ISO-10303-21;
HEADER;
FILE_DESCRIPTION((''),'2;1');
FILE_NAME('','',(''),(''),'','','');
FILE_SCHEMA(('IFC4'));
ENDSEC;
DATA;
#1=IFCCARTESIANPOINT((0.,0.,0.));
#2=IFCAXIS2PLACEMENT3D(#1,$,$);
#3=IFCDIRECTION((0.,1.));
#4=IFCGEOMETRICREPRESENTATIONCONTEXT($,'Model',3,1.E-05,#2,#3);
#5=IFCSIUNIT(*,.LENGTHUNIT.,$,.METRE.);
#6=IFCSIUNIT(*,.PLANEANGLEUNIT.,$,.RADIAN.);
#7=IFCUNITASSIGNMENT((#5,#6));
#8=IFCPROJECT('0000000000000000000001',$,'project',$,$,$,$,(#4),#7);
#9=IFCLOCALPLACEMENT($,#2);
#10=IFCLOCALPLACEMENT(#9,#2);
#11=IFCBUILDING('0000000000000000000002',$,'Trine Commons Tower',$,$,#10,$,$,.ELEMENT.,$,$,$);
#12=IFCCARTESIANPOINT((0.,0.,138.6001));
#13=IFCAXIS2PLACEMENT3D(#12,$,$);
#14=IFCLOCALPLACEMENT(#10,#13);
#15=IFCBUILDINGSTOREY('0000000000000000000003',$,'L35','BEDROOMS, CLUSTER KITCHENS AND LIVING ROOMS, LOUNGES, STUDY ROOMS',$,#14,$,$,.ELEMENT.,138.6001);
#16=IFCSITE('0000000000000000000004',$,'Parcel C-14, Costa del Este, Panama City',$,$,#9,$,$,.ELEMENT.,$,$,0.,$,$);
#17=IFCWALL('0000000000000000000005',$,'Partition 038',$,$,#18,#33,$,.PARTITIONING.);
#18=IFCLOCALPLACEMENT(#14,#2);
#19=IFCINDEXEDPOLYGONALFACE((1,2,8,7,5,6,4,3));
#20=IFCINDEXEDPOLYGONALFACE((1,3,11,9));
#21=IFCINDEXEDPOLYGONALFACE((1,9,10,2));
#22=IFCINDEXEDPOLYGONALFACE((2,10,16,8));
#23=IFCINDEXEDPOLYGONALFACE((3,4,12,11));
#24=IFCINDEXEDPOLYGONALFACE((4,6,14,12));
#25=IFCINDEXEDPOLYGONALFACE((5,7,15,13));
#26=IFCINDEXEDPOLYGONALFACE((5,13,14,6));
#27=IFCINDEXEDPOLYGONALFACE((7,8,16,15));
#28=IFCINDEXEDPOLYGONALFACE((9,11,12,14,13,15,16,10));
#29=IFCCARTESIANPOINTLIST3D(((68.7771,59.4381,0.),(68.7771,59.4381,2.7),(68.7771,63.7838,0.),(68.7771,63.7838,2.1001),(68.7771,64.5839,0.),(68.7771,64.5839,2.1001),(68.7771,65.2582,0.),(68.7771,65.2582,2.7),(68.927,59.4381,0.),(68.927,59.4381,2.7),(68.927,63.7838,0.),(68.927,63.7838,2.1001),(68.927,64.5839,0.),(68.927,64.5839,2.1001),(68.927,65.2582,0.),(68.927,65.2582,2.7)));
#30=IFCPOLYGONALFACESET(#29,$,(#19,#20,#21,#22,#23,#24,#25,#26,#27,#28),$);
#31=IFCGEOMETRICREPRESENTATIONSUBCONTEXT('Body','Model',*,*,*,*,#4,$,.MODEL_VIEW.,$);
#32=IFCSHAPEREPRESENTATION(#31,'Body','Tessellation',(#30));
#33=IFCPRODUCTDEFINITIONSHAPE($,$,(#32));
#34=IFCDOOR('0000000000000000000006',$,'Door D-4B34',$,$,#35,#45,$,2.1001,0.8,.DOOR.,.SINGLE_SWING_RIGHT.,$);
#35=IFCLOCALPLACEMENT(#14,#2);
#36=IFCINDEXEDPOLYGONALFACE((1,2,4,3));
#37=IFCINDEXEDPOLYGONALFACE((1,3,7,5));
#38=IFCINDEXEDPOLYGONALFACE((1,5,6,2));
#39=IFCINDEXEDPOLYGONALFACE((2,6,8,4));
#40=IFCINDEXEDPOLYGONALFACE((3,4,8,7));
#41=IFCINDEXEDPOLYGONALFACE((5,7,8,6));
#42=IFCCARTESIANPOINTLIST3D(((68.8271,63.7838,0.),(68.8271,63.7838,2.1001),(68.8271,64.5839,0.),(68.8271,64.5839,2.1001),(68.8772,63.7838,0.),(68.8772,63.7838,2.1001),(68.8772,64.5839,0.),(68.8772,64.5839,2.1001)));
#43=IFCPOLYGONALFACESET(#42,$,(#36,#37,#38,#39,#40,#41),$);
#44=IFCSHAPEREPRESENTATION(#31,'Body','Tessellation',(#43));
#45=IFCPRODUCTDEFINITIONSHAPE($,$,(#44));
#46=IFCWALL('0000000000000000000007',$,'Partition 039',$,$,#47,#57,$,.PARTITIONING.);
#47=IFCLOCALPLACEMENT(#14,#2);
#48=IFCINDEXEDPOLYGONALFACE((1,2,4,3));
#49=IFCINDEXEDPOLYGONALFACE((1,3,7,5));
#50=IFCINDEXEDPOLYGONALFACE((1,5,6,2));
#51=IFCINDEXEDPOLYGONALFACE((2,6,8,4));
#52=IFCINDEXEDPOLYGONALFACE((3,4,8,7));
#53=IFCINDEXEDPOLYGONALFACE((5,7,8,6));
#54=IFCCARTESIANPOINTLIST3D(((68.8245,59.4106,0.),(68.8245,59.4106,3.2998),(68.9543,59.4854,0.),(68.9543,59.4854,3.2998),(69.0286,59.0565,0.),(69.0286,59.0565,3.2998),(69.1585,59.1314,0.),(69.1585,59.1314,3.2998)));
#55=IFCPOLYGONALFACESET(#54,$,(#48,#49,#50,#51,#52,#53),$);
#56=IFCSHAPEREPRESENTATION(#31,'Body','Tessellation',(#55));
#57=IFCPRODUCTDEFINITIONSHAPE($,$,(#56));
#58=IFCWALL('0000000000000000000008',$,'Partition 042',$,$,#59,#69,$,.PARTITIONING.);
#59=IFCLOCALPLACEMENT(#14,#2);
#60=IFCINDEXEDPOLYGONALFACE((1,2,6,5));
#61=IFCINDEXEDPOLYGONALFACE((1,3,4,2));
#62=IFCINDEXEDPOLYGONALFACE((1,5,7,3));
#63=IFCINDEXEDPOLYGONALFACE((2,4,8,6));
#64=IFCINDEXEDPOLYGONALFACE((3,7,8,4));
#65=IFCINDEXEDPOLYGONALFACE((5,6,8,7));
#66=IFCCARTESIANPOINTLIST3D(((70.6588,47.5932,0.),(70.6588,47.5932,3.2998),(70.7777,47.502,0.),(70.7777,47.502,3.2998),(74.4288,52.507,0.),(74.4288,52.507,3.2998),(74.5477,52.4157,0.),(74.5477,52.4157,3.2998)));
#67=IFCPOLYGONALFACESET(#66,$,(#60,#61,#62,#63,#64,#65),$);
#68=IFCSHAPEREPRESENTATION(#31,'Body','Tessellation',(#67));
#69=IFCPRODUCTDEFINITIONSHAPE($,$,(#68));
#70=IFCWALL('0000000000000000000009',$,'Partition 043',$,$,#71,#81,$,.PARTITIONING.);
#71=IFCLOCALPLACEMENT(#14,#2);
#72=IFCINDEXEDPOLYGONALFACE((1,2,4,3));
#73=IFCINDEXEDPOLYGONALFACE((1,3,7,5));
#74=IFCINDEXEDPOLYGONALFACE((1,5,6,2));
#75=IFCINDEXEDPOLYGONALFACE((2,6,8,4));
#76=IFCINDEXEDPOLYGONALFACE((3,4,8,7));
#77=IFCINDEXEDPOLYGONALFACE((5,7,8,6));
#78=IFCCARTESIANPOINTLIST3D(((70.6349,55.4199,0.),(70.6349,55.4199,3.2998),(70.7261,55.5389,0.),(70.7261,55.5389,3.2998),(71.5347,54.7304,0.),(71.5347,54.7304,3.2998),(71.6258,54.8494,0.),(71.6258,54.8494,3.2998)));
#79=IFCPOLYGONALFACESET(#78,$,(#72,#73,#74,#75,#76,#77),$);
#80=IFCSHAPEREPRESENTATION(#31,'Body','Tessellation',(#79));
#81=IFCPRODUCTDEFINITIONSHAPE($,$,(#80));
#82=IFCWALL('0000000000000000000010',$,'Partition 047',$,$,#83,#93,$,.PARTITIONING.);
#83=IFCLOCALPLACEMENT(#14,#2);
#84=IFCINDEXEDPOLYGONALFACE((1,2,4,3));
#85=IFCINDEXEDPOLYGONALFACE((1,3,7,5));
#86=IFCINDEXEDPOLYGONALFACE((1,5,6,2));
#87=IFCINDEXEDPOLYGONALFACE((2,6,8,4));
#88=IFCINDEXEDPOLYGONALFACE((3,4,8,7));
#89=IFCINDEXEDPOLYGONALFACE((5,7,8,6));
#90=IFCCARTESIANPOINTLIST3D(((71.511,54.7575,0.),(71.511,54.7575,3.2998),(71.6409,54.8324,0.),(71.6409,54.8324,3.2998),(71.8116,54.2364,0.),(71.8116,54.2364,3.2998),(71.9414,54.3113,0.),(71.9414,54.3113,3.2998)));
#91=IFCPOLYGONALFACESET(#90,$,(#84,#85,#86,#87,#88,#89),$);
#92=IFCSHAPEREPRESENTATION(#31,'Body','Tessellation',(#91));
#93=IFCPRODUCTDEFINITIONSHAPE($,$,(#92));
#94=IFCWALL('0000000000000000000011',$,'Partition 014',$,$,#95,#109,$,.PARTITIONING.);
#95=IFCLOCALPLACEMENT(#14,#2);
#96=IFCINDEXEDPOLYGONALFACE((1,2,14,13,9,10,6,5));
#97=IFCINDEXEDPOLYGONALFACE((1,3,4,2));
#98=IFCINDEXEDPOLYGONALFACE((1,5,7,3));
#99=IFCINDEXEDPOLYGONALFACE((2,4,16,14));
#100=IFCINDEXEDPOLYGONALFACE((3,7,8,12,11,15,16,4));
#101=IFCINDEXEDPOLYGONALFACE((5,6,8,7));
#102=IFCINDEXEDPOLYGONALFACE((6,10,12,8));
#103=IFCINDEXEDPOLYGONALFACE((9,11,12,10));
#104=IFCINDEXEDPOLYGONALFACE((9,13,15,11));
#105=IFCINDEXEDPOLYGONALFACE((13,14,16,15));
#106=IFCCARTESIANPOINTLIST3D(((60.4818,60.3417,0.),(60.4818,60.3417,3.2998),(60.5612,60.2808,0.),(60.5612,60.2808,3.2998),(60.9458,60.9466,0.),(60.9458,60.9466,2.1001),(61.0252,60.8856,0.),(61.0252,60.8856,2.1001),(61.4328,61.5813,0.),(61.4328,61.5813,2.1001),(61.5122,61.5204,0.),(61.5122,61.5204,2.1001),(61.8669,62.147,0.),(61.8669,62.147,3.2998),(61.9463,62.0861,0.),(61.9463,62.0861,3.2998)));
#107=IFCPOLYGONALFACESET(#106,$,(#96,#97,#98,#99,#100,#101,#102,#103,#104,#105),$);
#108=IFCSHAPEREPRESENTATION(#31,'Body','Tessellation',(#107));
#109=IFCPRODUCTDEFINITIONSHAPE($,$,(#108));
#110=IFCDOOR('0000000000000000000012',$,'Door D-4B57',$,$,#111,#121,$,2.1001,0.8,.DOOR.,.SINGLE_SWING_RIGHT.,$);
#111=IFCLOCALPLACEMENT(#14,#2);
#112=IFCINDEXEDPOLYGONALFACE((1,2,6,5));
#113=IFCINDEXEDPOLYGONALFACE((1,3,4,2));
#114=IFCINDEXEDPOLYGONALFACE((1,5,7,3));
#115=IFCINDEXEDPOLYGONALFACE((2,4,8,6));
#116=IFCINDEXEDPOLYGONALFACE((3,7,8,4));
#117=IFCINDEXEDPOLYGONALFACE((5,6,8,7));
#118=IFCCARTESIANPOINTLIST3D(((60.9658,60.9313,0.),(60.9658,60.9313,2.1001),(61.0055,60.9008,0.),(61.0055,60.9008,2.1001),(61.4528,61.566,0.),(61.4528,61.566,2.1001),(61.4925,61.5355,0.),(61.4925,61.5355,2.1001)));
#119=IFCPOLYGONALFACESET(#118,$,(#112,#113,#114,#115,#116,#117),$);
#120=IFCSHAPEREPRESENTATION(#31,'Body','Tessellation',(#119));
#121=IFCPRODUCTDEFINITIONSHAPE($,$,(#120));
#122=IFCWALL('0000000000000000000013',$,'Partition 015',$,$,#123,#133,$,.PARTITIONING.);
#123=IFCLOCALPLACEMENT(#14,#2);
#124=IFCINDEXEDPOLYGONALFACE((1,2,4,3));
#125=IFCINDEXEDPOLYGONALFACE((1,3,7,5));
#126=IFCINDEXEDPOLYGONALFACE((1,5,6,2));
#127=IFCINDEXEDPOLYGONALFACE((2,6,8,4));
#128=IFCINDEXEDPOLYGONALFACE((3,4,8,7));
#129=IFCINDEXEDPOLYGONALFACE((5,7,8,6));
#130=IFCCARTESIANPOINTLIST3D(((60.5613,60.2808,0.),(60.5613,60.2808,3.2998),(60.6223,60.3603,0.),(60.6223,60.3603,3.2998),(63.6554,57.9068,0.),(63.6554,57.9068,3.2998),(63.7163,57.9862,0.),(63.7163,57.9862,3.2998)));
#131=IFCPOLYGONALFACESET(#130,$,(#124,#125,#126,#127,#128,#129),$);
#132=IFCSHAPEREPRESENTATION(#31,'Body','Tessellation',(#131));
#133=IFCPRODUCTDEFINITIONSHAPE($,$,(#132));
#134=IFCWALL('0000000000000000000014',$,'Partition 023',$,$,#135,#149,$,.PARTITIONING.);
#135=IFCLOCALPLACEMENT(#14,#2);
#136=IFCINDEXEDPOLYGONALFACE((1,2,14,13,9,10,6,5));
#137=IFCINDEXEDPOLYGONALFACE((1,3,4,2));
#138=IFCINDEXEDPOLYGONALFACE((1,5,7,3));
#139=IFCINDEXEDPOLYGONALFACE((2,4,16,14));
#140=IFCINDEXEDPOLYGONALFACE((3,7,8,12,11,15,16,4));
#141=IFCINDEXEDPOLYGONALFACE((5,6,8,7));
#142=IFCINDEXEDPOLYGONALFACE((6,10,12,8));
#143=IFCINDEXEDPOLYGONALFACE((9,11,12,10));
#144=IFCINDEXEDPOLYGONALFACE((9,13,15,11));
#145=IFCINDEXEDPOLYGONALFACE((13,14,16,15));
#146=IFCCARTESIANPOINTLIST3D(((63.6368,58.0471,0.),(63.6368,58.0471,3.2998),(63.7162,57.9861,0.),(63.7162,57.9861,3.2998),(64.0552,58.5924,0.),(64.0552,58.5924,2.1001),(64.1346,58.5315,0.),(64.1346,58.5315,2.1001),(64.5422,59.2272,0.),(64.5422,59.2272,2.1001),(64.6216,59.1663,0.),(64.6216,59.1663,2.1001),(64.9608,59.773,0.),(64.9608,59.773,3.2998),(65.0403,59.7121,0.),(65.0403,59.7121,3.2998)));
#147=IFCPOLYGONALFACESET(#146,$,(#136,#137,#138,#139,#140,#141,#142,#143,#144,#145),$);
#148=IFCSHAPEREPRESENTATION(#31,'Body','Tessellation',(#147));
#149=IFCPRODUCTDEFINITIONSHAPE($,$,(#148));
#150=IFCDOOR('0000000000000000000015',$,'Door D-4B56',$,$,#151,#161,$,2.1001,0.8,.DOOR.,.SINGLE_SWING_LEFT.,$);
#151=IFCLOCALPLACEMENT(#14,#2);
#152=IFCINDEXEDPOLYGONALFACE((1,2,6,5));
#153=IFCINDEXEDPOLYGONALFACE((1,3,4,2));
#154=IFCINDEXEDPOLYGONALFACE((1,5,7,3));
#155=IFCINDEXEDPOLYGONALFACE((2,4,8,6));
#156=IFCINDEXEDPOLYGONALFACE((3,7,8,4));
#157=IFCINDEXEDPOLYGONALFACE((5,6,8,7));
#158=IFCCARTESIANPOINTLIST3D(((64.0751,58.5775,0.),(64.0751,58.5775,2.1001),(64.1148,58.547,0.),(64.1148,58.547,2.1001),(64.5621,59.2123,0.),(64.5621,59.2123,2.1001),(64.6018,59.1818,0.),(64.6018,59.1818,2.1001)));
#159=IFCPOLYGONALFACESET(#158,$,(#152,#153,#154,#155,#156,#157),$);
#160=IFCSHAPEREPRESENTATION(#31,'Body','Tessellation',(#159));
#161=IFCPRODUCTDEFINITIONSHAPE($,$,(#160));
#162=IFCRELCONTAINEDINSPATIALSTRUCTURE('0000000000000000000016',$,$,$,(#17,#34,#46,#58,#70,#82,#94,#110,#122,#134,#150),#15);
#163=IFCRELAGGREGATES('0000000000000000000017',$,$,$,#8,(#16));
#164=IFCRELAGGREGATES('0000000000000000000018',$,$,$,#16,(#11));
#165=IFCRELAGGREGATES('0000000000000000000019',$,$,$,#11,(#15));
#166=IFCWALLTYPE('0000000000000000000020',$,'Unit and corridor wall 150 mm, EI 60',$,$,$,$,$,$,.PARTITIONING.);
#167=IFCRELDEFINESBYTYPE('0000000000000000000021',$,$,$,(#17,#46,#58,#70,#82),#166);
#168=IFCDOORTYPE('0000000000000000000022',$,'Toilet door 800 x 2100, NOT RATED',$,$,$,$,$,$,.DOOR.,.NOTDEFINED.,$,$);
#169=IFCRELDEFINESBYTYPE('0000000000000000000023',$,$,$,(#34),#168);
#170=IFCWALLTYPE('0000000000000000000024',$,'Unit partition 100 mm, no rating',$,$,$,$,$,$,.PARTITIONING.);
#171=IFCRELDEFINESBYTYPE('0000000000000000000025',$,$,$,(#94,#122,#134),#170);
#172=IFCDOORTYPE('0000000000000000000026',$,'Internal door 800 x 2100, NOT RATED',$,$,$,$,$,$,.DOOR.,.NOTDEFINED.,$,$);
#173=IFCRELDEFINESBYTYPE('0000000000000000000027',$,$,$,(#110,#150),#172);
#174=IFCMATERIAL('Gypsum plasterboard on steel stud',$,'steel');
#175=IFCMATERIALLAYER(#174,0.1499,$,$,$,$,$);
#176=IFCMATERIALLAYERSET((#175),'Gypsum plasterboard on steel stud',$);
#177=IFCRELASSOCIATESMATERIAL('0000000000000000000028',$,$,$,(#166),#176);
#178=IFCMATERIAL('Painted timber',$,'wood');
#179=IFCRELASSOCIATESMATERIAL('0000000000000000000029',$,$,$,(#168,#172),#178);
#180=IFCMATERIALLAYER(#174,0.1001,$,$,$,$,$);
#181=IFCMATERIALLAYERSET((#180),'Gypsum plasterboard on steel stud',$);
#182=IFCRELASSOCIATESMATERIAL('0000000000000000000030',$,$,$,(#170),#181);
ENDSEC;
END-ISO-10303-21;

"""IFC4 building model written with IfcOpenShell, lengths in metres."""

from ifc_helpers import new_model, si_unit, direction, frame, frame_2d, origin, place, context, subcontext, project, spatial, rectangle, extrude, material, layer, layer_set, type_object, element, fill, save


model = new_model("IFC4")

# Units and contexts
model_context = context("Model", 3, precision=1e-05, world=origin(), true_north=direction((0.0, 1.0)))
body_context = subcontext(model_context, "Body", "Model", "MODEL_VIEW")
ifc_project = project(units=[si_unit("LENGTHUNIT", "METRE"), si_unit("PLANEANGLEUNIT", "RADIAN")], contexts=[model_context])

# Site, building, storey
site_placement = place(None, origin())
site = spatial("IfcSite", under=ifc_project, at=site_placement, Name="Parcel C-14, Costa del Este, Panama City", CompositionType="ELEMENT", RefElevation=0.0)
building_placement = place(site_placement, origin())
building = spatial("IfcBuilding", under=site, at=building_placement, Name="Trine Commons Tower", CompositionType="ELEMENT")
storey_placement = place(building_placement, frame((0.0, 0.0, 138.6001)))
storey = spatial("IfcBuildingStorey", under=building, at=storey_placement, Name="L35", Description="BEDROOMS, CLUSTER KITCHENS AND LIVING ROOMS, LOUNGES, STUDY ROOMS", CompositionType="ELEMENT", Elevation=138.6001)

# Shared definitions
ifc_material_1 = material(Name="Gypsum plasterboard on steel stud", Category="steel")
ifc_layer_1 = layer(ifc_material_1, 0.1499)
ifc_layer_set_1 = layer_set([ifc_layer_1], Name="Gypsum plasterboard on steel stud")
wall_type_1 = type_object("IfcWallType", Name="Unit and corridor wall 150 mm, EI 60", PredefinedType="PARTITIONING", material=ifc_layer_set_1)

# Wall, opening, door
wall_1_placement = place(storey_placement, frame((68.8521, 59.438, 0.0), z_axis=(0.0, 0.0, 1.0), x_axis=(0.0, 1.0, 0.0)))
wall_1 = element("IfcWall", 1, at=wall_1_placement, inside=storey, type_object=wall_type_1, Name="Partition 038", PredefinedType="PARTITIONING", context=body_context, shape_type="SweptSolid", body=[
    extrude(rectangle(XDim=5.8201, YDim=0.1499, at=frame_2d((2.9102, 0.0))), origin(), (0.0, 0.0, 1.0), 2.7),
])
opening_1_placement = place(wall_1_placement, frame((4.3459, 0.0, 0.0)))
opening_1 = element("IfcOpeningElement", 2, at=opening_1_placement, cuts=wall_1, PredefinedType="OPENING", context=body_context, shape_type="SweptSolid", body=[
    extrude(rectangle(XDim=0.8, YDim=2.1001, at=frame_2d((0.3999, 1.05))), frame((0.0, 0.085, 0.0), z_axis=(0.0, -1.0, 0.0), x_axis=(1.0, 0.0, 0.0)), (0.0, 0.0, 1.0), 0.1699),
])
ifc_material_2 = material(Name="Painted timber", Category="wood")
door_type_1 = type_object("IfcDoorType", Name="Toilet door 800 x 2100, NOT RATED", OperationType="NOTDEFINED", PredefinedType="DOOR", material=ifc_material_2)
door_1_placement = place(opening_1_placement, origin())
door_1 = element("IfcDoor", 3, at=door_1_placement, inside=storey, type_object=door_type_1, Name="Door D-4B34", OperationType="SINGLE_SWING_RIGHT", OverallHeight=2.1001, OverallWidth=0.8, PredefinedType="DOOR", context=body_context, shape_type="SweptSolid", body=[
    extrude(rectangle(XDim=0.8, YDim=2.1001, at=frame_2d((0.3999, 1.05))), frame((0.0, 0.0249, 0.0), z_axis=(0.0, -1.0, 0.0), x_axis=(1.0, 0.0, 0.0)), (0.0, 0.0, 1.0), 0.05),
])
fill(opening_1, door_1)

# Walls
wall_2_placement = place(storey_placement, frame((68.8894, 59.448, 0.0), z_axis=(0.0, 0.0, 1.0), x_axis=(0.499481, -0.866325, 0.0)))
element("IfcWall", 4, at=wall_2_placement, inside=storey, type_object=wall_type_1, Name="Partition 039", PredefinedType="PARTITIONING", context=body_context, shape_type="SweptSolid", body=[
    extrude(rectangle(XDim=0.4087, YDim=0.1499, at=frame_2d((0.2043, 0.0))), origin(), (0.0, 0.0, 1.0), 3.2998),
])
wall_3_placement = place(storey_placement, frame((70.7183, 47.5476, 0.0), z_axis=(0.0, 0.0, 1.0), x_axis=(0.608712, 0.793391, 0.0)))
element("IfcWall", 5, at=wall_3_placement, inside=storey, type_object=wall_type_1, Name="Partition 042", PredefinedType="PARTITIONING", context=body_context, shape_type="SweptSolid", body=[
    extrude(rectangle(XDim=6.1934, YDim=0.1499, at=frame_2d((3.0967, 0.0))), origin(), (0.0, 0.0, 1.0), 3.2998),
])
wall_4_placement = place(storey_placement, frame((70.6804, 55.4795, 0.0), z_axis=(0.0, 0.0, 1.0), x_axis=(0.793728, -0.608273, 0.0)))
element("IfcWall", 6, at=wall_4_placement, inside=storey, type_object=wall_type_1, Name="Partition 043", PredefinedType="PARTITIONING", context=body_context, shape_type="SweptSolid", body=[
    extrude(rectangle(XDim=1.1335, YDim=0.1499, at=frame_2d((0.5669, 0.0))), origin(), (0.0, 0.0, 1.0), 3.2998),
])
wall_5_placement = place(storey_placement, frame((71.5759, 54.7949, 0.0), z_axis=(0.0, 0.0, 1.0), x_axis=(0.499676, -0.866213, 0.0)))
element("IfcWall", 7, at=wall_5_placement, inside=storey, type_object=wall_type_1, Name="Partition 047", PredefinedType="PARTITIONING", context=body_context, shape_type="SweptSolid", body=[
    extrude(rectangle(XDim=0.6016, YDim=0.1499, at=frame_2d((0.3008, 0.0))), origin(), (0.0, 0.0, 1.0), 3.2998),
])

# Wall, opening, door
ifc_layer_2 = layer(ifc_material_1, 0.1001)
ifc_layer_set_2 = layer_set([ifc_layer_2], Name="Gypsum plasterboard on steel stud")
wall_type_2 = type_object("IfcWallType", Name="Unit partition 100 mm, no rating", PredefinedType="PARTITIONING", material=ifc_layer_set_2)
wall_6_placement = place(storey_placement, frame((60.5215, 60.3113, 0.0), z_axis=(0.0, 0.0, 1.0), x_axis=(0.60872, 0.793385, 0.0)))
wall_6 = element("IfcWall", 8, at=wall_6_placement, inside=storey, type_object=wall_type_2, Name="Partition 014", PredefinedType="PARTITIONING", context=body_context, shape_type="SweptSolid", body=[
    extrude(rectangle(XDim=2.2754, YDim=0.1001, at=frame_2d((1.1377, 0.0))), origin(), (0.0, 0.0, 1.0), 3.2998),
])
opening_2_placement = place(wall_6_placement, frame((0.7625, 0.0, 0.0)))
opening_2 = element("IfcOpeningElement", 9, at=opening_2_placement, cuts=wall_6, PredefinedType="OPENING", context=body_context, shape_type="SweptSolid", body=[
    extrude(rectangle(XDim=0.8, YDim=2.1001, at=frame_2d((0.3999, 1.05))), frame((0.0, 0.0601, 0.0), z_axis=(0.0, -1.0, 0.0), x_axis=(1.0, 0.0, 0.0)), (0.0, 0.0, 1.0), 0.1201),
])
door_type_2 = type_object("IfcDoorType", Name="Internal door 800 x 2100, NOT RATED", OperationType="NOTDEFINED", PredefinedType="DOOR", material=ifc_material_2)
door_2_placement = place(opening_2_placement, origin())
door_2 = element("IfcDoor", 10, at=door_2_placement, inside=storey, type_object=door_type_2, Name="Door D-4B57", OperationType="SINGLE_SWING_RIGHT", OverallHeight=2.1001, OverallWidth=0.8, PredefinedType="DOOR", context=body_context, shape_type="SweptSolid", body=[
    extrude(rectangle(XDim=0.8, YDim=2.1001, at=frame_2d((0.3999, 1.05))), frame((0.0, 0.0249, 0.0), z_axis=(0.0, -1.0, 0.0), x_axis=(1.0, 0.0, 0.0)), (0.0, 0.0, 1.0), 0.05),
])
fill(opening_2, door_2)

# Wall
wall_7_placement = place(storey_placement, frame((60.5918, 60.3206, 0.0), z_axis=(0.0, 0.0, 1.0), x_axis=(0.793363, -0.608748, 0.0)))
element("IfcWall", 11, at=wall_7_placement, inside=storey, type_object=wall_type_2, Name="Partition 015", PredefinedType="PARTITIONING", context=body_context, shape_type="SweptSolid", body=[
    extrude(rectangle(XDim=3.8999, YDim=0.1001, at=frame_2d((1.95, 0.0))), origin(), (0.0, 0.0, 1.0), 3.2998),
])

# Wall, opening, door
wall_8_placement = place(storey_placement, frame((63.6765, 58.0166, 0.0), z_axis=(0.0, 0.0, 1.0), x_axis=(0.608674, 0.79342, 0.0)))
wall_8 = element("IfcWall", 12, at=wall_8_placement, inside=storey, type_object=wall_type_2, Name="Partition 023", PredefinedType="PARTITIONING", context=body_context, shape_type="SweptSolid", body=[
    extrude(rectangle(XDim=2.1753, YDim=0.1001, at=frame_2d((1.0876, 0.0))), origin(), (0.0, 0.0, 1.0), 3.2998),
])
opening_3_placement = place(wall_8_placement, frame((0.6875, 0.0, 0.0)))
opening_3 = element("IfcOpeningElement", 13, at=opening_3_placement, cuts=wall_8, PredefinedType="OPENING", context=body_context, shape_type="SweptSolid", body=[
    extrude(rectangle(XDim=0.8, YDim=2.1001, at=frame_2d((0.3999, 1.05))), frame((0.0, 0.0601, 0.0), z_axis=(0.0, -1.0, 0.0), x_axis=(1.0, 0.0, 0.0)), (0.0, 0.0, 1.0), 0.1201),
])
door_3_placement = place(opening_3_placement, frame((0.8, 0.0, 0.0), z_axis=(0.0, 0.0, 1.0), x_axis=(-1.0, 0.0, 0.0)))
door_3 = element("IfcDoor", 14, at=door_3_placement, inside=storey, type_object=door_type_2, Name="Door D-4B56", OperationType="SINGLE_SWING_LEFT", OverallHeight=2.1001, OverallWidth=0.8, PredefinedType="DOOR", context=body_context, shape_type="SweptSolid", body=[
    extrude(rectangle(XDim=0.8, YDim=2.1001, at=frame_2d((0.3999, 1.05))), frame((0.0, 0.0249, 0.0), z_axis=(0.0, -1.0, 0.0), x_axis=(1.0, 0.0, 0.0)), (0.0, 0.0, 1.0), 0.05),
])
fill(opening_3, door_3)

save(model, "model.ifc")
